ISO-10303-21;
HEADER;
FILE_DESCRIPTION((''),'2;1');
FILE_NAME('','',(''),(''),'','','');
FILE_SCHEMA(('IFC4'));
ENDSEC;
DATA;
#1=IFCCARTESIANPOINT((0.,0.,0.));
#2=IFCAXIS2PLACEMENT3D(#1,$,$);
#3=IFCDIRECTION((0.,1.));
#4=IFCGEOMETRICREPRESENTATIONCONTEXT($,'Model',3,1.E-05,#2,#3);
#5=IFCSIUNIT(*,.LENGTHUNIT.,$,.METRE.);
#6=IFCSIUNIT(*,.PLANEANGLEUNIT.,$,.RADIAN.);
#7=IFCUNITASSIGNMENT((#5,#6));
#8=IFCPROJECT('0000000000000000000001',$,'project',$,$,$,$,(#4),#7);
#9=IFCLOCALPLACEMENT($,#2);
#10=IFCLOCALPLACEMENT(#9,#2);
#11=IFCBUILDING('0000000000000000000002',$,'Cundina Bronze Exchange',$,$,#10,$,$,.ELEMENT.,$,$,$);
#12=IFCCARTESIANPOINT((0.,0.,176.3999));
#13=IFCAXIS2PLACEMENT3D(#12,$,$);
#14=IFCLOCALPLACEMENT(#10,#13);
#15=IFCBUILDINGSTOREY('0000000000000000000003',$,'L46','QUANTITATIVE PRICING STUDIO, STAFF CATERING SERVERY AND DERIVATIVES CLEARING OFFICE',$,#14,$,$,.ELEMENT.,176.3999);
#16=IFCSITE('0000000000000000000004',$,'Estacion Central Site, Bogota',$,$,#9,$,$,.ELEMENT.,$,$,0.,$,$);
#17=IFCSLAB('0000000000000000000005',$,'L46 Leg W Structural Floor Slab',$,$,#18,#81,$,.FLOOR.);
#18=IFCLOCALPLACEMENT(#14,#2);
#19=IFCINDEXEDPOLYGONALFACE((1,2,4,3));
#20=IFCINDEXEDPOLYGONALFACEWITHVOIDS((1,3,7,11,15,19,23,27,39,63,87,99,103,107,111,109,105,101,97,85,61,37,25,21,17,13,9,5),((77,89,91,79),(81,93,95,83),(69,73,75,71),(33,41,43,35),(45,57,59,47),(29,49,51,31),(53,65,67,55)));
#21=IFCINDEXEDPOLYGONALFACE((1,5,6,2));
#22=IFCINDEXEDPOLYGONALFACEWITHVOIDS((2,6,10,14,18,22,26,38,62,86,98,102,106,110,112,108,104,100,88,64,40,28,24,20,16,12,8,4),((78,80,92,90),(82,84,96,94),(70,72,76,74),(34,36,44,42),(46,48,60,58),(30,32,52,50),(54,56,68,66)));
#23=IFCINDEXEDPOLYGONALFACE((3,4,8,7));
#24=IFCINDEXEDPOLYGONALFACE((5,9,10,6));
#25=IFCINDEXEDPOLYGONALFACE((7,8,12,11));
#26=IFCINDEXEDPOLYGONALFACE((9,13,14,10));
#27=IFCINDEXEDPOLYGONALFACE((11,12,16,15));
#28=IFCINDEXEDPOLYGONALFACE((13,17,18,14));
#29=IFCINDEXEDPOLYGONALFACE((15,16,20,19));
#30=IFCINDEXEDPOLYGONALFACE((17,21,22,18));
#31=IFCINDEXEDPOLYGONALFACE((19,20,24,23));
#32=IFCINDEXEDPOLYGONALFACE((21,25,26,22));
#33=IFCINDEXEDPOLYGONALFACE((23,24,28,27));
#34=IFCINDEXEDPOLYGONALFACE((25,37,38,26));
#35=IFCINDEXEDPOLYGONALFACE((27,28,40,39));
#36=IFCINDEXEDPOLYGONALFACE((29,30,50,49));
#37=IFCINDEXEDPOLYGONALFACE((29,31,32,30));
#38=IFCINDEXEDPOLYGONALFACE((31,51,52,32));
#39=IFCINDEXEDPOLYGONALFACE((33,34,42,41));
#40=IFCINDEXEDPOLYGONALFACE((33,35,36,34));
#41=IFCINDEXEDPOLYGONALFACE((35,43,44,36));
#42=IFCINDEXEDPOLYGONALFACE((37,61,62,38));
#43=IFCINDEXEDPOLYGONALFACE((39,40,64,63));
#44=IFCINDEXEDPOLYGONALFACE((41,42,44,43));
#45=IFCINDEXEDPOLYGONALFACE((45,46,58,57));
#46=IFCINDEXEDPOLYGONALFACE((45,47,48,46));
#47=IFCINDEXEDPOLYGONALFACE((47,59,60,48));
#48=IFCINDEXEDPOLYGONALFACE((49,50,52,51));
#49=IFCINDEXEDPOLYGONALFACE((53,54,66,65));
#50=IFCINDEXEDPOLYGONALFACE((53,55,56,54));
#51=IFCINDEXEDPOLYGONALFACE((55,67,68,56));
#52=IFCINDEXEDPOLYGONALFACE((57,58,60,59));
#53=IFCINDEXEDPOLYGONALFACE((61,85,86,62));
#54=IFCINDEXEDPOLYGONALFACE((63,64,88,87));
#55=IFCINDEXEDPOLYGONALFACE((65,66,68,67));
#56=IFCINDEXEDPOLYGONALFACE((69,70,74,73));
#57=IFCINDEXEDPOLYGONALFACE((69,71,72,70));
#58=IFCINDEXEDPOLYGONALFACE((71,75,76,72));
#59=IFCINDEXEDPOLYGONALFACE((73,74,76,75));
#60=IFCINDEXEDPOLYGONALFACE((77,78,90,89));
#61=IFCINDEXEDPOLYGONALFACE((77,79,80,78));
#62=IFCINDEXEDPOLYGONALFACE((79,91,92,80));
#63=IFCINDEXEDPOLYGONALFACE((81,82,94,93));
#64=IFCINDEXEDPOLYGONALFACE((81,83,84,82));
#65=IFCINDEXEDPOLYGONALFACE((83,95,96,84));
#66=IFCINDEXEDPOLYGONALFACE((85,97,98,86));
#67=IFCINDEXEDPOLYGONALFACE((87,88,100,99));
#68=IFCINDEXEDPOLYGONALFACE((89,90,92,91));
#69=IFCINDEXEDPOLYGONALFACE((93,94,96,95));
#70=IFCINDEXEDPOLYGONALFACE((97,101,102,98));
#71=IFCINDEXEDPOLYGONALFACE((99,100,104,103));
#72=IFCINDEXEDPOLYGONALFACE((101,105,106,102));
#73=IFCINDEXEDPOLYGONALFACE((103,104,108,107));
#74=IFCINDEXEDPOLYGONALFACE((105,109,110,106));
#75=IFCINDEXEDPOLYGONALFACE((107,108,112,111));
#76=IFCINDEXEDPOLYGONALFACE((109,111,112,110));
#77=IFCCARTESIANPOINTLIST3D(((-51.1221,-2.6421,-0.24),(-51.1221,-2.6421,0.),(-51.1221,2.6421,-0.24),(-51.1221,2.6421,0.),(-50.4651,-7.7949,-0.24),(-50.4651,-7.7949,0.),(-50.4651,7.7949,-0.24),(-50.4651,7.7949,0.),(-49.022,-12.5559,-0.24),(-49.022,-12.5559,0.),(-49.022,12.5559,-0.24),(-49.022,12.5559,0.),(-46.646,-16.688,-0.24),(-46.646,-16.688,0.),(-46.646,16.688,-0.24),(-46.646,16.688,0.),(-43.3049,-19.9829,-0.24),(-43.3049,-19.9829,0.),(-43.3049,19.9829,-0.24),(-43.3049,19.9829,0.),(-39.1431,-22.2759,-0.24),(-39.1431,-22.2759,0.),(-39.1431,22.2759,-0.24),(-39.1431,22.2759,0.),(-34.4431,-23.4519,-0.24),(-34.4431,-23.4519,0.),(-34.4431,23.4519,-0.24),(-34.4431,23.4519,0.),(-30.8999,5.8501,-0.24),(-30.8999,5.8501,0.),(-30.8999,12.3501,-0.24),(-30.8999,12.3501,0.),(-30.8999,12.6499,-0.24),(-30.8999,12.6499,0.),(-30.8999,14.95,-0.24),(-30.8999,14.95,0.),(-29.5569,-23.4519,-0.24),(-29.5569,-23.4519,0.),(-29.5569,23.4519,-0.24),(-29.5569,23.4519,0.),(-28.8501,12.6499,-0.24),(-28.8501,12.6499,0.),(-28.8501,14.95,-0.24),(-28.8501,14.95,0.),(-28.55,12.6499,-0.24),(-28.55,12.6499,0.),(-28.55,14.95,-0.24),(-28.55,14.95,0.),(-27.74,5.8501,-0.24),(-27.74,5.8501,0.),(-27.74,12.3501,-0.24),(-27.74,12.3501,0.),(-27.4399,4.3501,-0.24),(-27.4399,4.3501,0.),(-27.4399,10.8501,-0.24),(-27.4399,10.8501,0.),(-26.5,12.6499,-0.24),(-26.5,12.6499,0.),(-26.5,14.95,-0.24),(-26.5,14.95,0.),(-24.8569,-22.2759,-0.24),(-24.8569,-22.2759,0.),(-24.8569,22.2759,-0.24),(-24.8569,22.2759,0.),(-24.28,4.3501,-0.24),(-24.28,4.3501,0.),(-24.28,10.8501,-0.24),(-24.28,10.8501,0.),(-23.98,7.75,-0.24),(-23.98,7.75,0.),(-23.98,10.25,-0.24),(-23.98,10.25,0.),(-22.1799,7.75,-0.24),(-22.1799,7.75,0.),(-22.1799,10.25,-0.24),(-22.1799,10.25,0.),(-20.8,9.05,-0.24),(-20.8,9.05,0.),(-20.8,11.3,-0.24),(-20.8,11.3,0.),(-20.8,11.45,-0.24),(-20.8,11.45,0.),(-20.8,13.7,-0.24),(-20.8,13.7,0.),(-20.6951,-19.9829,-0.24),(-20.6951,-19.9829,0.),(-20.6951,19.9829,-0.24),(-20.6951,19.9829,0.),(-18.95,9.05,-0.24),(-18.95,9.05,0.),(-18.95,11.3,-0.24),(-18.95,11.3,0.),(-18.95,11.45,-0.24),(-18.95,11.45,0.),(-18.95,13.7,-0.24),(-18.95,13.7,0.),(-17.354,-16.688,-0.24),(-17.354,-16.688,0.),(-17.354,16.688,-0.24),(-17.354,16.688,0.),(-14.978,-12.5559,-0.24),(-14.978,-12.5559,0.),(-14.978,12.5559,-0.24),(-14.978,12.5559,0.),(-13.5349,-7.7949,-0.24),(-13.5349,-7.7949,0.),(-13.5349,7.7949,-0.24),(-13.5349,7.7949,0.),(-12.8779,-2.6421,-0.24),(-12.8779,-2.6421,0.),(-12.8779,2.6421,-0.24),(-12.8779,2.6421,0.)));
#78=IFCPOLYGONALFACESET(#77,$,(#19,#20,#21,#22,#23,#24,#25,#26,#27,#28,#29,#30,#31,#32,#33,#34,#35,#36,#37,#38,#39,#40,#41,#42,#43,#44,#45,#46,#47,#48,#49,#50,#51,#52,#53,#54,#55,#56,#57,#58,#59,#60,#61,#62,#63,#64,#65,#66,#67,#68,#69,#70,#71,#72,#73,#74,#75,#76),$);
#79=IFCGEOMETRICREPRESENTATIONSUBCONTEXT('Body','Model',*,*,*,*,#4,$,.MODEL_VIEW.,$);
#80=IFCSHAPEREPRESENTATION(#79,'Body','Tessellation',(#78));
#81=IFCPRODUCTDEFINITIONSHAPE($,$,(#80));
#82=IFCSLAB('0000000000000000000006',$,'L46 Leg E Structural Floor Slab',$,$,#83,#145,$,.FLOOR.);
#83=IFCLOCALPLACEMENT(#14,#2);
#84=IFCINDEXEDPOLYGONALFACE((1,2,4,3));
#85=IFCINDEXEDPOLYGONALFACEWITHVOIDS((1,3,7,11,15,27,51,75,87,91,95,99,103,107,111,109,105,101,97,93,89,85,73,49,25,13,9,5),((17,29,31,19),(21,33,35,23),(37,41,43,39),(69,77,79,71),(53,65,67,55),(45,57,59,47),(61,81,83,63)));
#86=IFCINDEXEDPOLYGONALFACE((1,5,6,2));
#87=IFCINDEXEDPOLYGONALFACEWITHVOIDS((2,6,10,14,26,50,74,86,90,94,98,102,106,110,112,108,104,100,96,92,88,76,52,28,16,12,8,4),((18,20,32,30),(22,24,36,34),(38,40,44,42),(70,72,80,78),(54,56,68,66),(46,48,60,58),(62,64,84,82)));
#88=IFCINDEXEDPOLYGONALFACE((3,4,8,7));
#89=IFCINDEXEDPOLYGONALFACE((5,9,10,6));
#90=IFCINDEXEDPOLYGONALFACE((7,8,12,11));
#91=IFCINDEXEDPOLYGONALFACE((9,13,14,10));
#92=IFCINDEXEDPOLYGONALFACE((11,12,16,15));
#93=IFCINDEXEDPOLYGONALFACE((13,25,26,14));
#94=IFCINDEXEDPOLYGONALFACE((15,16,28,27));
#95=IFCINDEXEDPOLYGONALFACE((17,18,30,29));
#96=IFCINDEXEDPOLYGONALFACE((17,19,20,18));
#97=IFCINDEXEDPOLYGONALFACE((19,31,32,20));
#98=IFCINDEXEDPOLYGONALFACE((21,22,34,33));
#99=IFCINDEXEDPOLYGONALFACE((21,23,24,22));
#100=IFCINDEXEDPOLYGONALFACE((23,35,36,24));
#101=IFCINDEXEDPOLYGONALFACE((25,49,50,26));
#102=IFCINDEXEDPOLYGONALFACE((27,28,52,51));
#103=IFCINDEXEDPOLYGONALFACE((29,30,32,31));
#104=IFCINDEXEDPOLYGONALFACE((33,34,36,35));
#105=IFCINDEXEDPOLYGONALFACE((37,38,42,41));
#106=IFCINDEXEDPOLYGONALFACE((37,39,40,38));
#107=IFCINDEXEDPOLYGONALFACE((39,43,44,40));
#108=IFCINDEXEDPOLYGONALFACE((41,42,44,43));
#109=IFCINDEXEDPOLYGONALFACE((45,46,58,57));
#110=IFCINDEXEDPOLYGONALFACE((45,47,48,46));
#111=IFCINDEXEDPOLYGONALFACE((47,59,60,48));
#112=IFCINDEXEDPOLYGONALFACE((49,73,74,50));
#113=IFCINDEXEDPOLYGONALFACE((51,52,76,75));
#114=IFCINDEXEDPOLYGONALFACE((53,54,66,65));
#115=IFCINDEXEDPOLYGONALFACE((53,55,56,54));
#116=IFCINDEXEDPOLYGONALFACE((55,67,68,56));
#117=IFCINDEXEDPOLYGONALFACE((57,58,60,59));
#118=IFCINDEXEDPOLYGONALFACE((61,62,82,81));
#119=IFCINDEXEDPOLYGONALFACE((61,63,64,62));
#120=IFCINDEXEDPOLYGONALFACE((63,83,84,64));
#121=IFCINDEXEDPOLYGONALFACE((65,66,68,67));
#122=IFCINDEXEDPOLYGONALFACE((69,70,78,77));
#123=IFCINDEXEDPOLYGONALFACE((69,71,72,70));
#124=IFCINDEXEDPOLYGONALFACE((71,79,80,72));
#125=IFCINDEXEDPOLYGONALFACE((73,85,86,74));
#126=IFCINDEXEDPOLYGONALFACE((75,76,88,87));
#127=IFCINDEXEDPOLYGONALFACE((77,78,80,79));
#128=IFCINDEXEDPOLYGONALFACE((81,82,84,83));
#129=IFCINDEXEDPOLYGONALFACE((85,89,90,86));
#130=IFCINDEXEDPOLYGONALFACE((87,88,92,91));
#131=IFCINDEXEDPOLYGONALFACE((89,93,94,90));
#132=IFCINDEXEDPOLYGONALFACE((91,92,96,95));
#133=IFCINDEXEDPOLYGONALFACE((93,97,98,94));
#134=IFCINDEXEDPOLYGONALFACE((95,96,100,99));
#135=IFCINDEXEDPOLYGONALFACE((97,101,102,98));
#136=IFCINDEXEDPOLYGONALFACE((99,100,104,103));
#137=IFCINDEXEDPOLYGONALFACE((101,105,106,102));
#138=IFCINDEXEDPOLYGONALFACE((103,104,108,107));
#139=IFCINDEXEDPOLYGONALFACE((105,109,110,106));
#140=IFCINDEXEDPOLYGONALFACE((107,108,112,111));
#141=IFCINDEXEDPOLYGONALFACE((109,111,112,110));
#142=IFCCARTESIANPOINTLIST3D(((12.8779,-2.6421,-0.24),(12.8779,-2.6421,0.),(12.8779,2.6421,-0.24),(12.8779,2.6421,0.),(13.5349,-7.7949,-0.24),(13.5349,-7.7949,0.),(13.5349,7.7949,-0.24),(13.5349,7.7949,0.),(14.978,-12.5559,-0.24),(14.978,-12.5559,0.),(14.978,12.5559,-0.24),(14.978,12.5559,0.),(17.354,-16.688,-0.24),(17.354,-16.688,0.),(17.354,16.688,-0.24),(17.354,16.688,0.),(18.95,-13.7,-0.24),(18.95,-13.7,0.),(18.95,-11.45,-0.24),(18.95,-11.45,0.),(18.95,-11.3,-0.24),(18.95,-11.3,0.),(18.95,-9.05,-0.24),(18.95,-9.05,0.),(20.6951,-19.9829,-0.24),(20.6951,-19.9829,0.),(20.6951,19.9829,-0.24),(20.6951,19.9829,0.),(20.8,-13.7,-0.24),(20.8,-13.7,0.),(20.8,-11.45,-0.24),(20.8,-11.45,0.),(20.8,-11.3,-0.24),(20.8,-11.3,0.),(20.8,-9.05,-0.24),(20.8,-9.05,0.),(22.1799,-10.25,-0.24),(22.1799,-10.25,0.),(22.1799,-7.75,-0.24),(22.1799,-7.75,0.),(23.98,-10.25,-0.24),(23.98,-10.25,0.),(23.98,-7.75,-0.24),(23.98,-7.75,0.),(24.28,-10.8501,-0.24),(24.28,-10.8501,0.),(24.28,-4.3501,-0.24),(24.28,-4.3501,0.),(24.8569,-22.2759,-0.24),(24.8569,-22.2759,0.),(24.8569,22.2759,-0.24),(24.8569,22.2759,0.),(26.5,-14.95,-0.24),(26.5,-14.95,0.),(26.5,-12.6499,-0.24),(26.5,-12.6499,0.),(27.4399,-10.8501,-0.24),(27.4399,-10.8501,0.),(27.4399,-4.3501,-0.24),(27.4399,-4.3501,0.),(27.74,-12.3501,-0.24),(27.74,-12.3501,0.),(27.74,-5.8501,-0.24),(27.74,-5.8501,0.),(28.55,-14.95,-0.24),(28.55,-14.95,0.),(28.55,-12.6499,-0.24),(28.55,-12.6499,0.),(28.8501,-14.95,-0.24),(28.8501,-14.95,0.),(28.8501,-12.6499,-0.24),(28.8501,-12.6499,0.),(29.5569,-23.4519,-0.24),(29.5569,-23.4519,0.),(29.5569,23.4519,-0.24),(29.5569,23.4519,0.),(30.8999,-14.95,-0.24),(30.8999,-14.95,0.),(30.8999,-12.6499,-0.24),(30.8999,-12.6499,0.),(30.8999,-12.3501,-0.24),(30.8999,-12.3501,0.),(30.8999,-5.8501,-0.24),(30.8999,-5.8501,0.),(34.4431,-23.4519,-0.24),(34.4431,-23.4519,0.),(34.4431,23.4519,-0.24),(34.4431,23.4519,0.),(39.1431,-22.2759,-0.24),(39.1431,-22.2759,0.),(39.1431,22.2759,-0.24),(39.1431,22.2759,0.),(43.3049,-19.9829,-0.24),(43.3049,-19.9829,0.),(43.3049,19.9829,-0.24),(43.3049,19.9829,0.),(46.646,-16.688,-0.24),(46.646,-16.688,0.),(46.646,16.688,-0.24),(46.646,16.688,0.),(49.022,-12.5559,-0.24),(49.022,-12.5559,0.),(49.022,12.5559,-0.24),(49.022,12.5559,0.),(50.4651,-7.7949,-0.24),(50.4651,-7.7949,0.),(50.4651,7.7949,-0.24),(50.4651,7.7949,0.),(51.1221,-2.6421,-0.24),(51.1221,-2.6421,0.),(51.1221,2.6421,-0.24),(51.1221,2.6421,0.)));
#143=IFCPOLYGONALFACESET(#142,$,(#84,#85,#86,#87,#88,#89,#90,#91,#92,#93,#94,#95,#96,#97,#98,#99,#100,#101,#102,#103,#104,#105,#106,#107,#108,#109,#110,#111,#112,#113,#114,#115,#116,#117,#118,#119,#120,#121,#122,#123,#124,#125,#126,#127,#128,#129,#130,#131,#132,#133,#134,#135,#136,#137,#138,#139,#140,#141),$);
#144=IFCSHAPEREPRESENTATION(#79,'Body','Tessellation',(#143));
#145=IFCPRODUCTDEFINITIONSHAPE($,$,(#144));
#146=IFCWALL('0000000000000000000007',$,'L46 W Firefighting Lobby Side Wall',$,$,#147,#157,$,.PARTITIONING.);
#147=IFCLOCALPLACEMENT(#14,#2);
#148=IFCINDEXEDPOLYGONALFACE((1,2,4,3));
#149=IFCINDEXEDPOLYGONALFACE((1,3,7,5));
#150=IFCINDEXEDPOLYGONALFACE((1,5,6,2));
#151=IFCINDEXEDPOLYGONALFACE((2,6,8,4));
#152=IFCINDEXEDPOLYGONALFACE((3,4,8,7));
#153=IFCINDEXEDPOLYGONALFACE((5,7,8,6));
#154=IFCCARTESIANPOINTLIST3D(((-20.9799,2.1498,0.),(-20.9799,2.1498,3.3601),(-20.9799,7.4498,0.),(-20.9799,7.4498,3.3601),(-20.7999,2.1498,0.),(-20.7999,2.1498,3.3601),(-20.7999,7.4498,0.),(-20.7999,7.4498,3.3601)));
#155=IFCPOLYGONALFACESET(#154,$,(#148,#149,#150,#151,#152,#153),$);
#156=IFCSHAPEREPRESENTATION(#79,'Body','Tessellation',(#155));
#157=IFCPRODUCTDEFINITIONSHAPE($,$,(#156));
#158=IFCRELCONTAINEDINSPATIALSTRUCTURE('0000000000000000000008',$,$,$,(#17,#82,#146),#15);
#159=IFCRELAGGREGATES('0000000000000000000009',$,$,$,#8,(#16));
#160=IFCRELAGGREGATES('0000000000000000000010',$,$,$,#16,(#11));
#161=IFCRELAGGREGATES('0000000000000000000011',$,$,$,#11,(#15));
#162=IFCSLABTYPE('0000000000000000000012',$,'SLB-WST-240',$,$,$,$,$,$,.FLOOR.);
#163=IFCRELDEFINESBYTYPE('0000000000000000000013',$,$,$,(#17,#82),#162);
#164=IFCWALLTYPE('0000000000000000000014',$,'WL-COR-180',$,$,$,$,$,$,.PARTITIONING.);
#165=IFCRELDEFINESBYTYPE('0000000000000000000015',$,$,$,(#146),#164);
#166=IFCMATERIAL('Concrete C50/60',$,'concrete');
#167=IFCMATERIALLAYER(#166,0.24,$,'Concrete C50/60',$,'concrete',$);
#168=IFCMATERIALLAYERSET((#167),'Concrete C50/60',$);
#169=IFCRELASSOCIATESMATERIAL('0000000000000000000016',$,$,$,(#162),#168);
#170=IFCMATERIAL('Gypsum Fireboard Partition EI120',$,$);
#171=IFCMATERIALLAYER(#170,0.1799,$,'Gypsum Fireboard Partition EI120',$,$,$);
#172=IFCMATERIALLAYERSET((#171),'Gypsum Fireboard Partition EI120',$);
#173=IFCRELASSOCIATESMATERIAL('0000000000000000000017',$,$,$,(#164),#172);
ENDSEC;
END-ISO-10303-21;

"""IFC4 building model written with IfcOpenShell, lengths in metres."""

from ifc_helpers import new_model, si_unit, direction, frame, frame_2d, origin, place, context, subcontext, project, spatial, polyline, rectangle, outline, extrude, material, layer, layer_set, type_object, element, save


model = new_model("IFC4")

# Units and contexts
model_context = context("Model", 3, precision=1e-05, world=origin(), true_north=direction((0.0, 1.0)))
body_context = subcontext(model_context, "Body", "Model", "MODEL_VIEW")
ifc_project = project(units=[si_unit("LENGTHUNIT", "METRE"), si_unit("PLANEANGLEUNIT", "RADIAN")], contexts=[model_context])

# Site, building, storey
site_placement = place(None, origin())
site = spatial("IfcSite", under=ifc_project, at=site_placement, Name="Estacion Central Site, Bogota", CompositionType="ELEMENT", RefElevation=0.0)
building_placement = place(site_placement, origin())
building = spatial("IfcBuilding", under=site, at=building_placement, Name="Cundina Bronze Exchange", CompositionType="ELEMENT")
storey_placement = place(building_placement, frame((0.0, 0.0, 176.3999)))
storey = spatial("IfcBuildingStorey", under=building, at=storey_placement, Name="L46", Description="QUANTITATIVE PRICING STUDIO, STAFF CATERING SERVERY AND DERIVATIVES CLEARING OFFICE", CompositionType="ELEMENT", Elevation=176.3999)

# Shared definitions
ifc_material_1 = material(Name="Concrete C50/60", Category="concrete")

# Slabs
ifc_layer_1 = layer(ifc_material_1, 0.24, Name="Concrete C50/60", Category="concrete")
ifc_layer_set_1 = layer_set([ifc_layer_1], Name="Concrete C50/60")
slab_type = type_object("IfcSlabType", Name="SLB-WST-240", PredefinedType="FLOOR", material=ifc_layer_set_1)
slab_1_placement = place(storey_placement, frame((0.0, 0.0, -0.24)))
element("IfcSlab", 1, at=slab_1_placement, inside=storey, type_object=slab_type, Name="L46 Leg W Structural Floor Slab", PredefinedType="FLOOR", context=body_context, shape_type="SweptSolid", body=[
    extrude(outline(polyline([(-12.8779, 2.6421), (-13.5349, 7.7949), (-14.978, 12.5559), (-17.354, 16.688), (-20.6951, 19.9829), (-24.8569, 22.2759), (-29.5569, 23.4519), (-34.4431, 23.4519), (-39.1431, 22.2759), (-43.3049, 19.9829), (-46.646, 16.688), (-49.022, 12.5559), (-50.4651, 7.7949), (-51.1221, 2.6421), (-51.1221, -2.6421), (-50.4651, -7.7949), (-49.022, -12.5559), (-46.646, -16.688), (-43.3049, -19.9829), (-39.1431, -22.2759), (-34.4431, -23.4519), (-29.5569, -23.4519), (-24.8569, -22.2759), (-20.6951, -19.9829), (-17.354, -16.688), (-14.978, -12.5559), (-13.5349, -7.7949), (-12.8779, -2.6421), (-12.8779, 2.6421)]), holes=[polyline([(-27.74, 5.8501), (-27.74, 12.3501), (-30.8999, 12.3501), (-30.8999, 5.8501), (-27.74, 5.8501)]), polyline([(-27.4399, 10.8501), (-27.4399, 4.3501), (-24.28, 4.3501), (-24.28, 10.8501), (-27.4399, 10.8501)]), polyline([(-23.98, 10.25), (-22.1799, 10.25), (-22.1799, 7.75), (-23.98, 7.75), (-23.98, 10.25)]), polyline([(-30.8999, 14.95), (-28.8501, 14.95), (-28.8501, 12.6499), (-30.8999, 12.6499), (-30.8999, 14.95)]), polyline([(-28.55, 14.95), (-26.5, 14.95), (-26.5, 12.6499), (-28.55, 12.6499), (-28.55, 14.95)]), polyline([(-20.8, 13.7), (-18.95, 13.7), (-18.95, 11.45), (-20.8, 11.45), (-20.8, 13.7)]), polyline([(-20.8, 11.3), (-18.95, 11.3), (-18.95, 9.05), (-20.8, 9.05), (-20.8, 11.3)])]), origin(), (0.0, 0.0, 1.0), 0.24),
])
slab_2_placement = place(storey_placement, frame((0.0, 0.0, -0.24)))
element("IfcSlab", 2, at=slab_2_placement, inside=storey, type_object=slab_type, Name="L46 Leg E Structural Floor Slab", PredefinedType="FLOOR", context=body_context, shape_type="SweptSolid", body=[
    extrude(outline(polyline([(51.1221, 2.6421), (50.4651, 7.7949), (49.022, 12.5559), (46.646, 16.688), (43.3049, 19.9829), (39.1431, 22.2759), (34.4431, 23.4519), (29.5569, 23.4519), (24.8569, 22.2759), (20.6951, 19.9829), (17.354, 16.688), (14.978, 12.5559), (13.5349, 7.7949), (12.8779, 2.6421), (12.8779, -2.6421), (13.5349, -7.7949), (14.978, -12.5559), (17.354, -16.688), (20.6951, -19.9829), (24.8569, -22.2759), (29.5569, -23.4519), (34.4431, -23.4519), (39.1431, -22.2759), (43.3049, -19.9829), (46.646, -16.688), (49.022, -12.5559), (50.4651, -7.7949), (51.1221, -2.6421), (51.1221, 2.6421)]), holes=[polyline([(27.74, -5.8501), (27.74, -12.3501), (30.8999, -12.3501), (30.8999, -5.8501), (27.74, -5.8501)]), polyline([(27.4399, -10.8501), (27.4399, -4.3501), (24.28, -4.3501), (24.28, -10.8501), (27.4399, -10.8501)]), polyline([(22.1799, -7.75), (23.98, -7.75), (23.98, -10.25), (22.1799, -10.25), (22.1799, -7.75)]), polyline([(28.8501, -12.6499), (30.8999, -12.6499), (30.8999, -14.95), (28.8501, -14.95), (28.8501, -12.6499)]), polyline([(26.5, -12.6499), (28.55, -12.6499), (28.55, -14.95), (26.5, -14.95), (26.5, -12.6499)]), polyline([(18.95, -11.45), (20.8, -11.45), (20.8, -13.7), (18.95, -13.7), (18.95, -11.45)]), polyline([(18.95, -9.05), (20.8, -9.05), (20.8, -11.3), (18.95, -11.3), (18.95, -9.05)])]), origin(), (0.0, 0.0, 1.0), 0.24),
])

# Wall
ifc_material_2 = material(Name="Gypsum Fireboard Partition EI120")
ifc_layer_2 = layer(ifc_material_2, 0.1799, Name="Gypsum Fireboard Partition EI120")
ifc_layer_set_2 = layer_set([ifc_layer_2], Name="Gypsum Fireboard Partition EI120")
wall_type_1 = type_object("IfcWallType", Name="WL-COR-180", PredefinedType="PARTITIONING", material=ifc_layer_set_2)
wall_1_placement = place(storey_placement, frame((-20.8899, 2.1499, 0.0), z_axis=(0.0, 0.0, 1.0), x_axis=(0.0, 1.0, 0.0)))
element("IfcWall", 3, at=wall_1_placement, inside=storey, type_object=wall_type_1, Name="L46 W Firefighting Lobby Side Wall", PredefinedType="PARTITIONING", context=body_context, shape_type="SweptSolid", body=[
    extrude(rectangle(XDim=5.3, YDim=0.1799, at=frame_2d((2.6499, 0.0))), origin(), (0.0, 0.0, 1.0), 3.3601),
])

save(model, "model.ifc")
